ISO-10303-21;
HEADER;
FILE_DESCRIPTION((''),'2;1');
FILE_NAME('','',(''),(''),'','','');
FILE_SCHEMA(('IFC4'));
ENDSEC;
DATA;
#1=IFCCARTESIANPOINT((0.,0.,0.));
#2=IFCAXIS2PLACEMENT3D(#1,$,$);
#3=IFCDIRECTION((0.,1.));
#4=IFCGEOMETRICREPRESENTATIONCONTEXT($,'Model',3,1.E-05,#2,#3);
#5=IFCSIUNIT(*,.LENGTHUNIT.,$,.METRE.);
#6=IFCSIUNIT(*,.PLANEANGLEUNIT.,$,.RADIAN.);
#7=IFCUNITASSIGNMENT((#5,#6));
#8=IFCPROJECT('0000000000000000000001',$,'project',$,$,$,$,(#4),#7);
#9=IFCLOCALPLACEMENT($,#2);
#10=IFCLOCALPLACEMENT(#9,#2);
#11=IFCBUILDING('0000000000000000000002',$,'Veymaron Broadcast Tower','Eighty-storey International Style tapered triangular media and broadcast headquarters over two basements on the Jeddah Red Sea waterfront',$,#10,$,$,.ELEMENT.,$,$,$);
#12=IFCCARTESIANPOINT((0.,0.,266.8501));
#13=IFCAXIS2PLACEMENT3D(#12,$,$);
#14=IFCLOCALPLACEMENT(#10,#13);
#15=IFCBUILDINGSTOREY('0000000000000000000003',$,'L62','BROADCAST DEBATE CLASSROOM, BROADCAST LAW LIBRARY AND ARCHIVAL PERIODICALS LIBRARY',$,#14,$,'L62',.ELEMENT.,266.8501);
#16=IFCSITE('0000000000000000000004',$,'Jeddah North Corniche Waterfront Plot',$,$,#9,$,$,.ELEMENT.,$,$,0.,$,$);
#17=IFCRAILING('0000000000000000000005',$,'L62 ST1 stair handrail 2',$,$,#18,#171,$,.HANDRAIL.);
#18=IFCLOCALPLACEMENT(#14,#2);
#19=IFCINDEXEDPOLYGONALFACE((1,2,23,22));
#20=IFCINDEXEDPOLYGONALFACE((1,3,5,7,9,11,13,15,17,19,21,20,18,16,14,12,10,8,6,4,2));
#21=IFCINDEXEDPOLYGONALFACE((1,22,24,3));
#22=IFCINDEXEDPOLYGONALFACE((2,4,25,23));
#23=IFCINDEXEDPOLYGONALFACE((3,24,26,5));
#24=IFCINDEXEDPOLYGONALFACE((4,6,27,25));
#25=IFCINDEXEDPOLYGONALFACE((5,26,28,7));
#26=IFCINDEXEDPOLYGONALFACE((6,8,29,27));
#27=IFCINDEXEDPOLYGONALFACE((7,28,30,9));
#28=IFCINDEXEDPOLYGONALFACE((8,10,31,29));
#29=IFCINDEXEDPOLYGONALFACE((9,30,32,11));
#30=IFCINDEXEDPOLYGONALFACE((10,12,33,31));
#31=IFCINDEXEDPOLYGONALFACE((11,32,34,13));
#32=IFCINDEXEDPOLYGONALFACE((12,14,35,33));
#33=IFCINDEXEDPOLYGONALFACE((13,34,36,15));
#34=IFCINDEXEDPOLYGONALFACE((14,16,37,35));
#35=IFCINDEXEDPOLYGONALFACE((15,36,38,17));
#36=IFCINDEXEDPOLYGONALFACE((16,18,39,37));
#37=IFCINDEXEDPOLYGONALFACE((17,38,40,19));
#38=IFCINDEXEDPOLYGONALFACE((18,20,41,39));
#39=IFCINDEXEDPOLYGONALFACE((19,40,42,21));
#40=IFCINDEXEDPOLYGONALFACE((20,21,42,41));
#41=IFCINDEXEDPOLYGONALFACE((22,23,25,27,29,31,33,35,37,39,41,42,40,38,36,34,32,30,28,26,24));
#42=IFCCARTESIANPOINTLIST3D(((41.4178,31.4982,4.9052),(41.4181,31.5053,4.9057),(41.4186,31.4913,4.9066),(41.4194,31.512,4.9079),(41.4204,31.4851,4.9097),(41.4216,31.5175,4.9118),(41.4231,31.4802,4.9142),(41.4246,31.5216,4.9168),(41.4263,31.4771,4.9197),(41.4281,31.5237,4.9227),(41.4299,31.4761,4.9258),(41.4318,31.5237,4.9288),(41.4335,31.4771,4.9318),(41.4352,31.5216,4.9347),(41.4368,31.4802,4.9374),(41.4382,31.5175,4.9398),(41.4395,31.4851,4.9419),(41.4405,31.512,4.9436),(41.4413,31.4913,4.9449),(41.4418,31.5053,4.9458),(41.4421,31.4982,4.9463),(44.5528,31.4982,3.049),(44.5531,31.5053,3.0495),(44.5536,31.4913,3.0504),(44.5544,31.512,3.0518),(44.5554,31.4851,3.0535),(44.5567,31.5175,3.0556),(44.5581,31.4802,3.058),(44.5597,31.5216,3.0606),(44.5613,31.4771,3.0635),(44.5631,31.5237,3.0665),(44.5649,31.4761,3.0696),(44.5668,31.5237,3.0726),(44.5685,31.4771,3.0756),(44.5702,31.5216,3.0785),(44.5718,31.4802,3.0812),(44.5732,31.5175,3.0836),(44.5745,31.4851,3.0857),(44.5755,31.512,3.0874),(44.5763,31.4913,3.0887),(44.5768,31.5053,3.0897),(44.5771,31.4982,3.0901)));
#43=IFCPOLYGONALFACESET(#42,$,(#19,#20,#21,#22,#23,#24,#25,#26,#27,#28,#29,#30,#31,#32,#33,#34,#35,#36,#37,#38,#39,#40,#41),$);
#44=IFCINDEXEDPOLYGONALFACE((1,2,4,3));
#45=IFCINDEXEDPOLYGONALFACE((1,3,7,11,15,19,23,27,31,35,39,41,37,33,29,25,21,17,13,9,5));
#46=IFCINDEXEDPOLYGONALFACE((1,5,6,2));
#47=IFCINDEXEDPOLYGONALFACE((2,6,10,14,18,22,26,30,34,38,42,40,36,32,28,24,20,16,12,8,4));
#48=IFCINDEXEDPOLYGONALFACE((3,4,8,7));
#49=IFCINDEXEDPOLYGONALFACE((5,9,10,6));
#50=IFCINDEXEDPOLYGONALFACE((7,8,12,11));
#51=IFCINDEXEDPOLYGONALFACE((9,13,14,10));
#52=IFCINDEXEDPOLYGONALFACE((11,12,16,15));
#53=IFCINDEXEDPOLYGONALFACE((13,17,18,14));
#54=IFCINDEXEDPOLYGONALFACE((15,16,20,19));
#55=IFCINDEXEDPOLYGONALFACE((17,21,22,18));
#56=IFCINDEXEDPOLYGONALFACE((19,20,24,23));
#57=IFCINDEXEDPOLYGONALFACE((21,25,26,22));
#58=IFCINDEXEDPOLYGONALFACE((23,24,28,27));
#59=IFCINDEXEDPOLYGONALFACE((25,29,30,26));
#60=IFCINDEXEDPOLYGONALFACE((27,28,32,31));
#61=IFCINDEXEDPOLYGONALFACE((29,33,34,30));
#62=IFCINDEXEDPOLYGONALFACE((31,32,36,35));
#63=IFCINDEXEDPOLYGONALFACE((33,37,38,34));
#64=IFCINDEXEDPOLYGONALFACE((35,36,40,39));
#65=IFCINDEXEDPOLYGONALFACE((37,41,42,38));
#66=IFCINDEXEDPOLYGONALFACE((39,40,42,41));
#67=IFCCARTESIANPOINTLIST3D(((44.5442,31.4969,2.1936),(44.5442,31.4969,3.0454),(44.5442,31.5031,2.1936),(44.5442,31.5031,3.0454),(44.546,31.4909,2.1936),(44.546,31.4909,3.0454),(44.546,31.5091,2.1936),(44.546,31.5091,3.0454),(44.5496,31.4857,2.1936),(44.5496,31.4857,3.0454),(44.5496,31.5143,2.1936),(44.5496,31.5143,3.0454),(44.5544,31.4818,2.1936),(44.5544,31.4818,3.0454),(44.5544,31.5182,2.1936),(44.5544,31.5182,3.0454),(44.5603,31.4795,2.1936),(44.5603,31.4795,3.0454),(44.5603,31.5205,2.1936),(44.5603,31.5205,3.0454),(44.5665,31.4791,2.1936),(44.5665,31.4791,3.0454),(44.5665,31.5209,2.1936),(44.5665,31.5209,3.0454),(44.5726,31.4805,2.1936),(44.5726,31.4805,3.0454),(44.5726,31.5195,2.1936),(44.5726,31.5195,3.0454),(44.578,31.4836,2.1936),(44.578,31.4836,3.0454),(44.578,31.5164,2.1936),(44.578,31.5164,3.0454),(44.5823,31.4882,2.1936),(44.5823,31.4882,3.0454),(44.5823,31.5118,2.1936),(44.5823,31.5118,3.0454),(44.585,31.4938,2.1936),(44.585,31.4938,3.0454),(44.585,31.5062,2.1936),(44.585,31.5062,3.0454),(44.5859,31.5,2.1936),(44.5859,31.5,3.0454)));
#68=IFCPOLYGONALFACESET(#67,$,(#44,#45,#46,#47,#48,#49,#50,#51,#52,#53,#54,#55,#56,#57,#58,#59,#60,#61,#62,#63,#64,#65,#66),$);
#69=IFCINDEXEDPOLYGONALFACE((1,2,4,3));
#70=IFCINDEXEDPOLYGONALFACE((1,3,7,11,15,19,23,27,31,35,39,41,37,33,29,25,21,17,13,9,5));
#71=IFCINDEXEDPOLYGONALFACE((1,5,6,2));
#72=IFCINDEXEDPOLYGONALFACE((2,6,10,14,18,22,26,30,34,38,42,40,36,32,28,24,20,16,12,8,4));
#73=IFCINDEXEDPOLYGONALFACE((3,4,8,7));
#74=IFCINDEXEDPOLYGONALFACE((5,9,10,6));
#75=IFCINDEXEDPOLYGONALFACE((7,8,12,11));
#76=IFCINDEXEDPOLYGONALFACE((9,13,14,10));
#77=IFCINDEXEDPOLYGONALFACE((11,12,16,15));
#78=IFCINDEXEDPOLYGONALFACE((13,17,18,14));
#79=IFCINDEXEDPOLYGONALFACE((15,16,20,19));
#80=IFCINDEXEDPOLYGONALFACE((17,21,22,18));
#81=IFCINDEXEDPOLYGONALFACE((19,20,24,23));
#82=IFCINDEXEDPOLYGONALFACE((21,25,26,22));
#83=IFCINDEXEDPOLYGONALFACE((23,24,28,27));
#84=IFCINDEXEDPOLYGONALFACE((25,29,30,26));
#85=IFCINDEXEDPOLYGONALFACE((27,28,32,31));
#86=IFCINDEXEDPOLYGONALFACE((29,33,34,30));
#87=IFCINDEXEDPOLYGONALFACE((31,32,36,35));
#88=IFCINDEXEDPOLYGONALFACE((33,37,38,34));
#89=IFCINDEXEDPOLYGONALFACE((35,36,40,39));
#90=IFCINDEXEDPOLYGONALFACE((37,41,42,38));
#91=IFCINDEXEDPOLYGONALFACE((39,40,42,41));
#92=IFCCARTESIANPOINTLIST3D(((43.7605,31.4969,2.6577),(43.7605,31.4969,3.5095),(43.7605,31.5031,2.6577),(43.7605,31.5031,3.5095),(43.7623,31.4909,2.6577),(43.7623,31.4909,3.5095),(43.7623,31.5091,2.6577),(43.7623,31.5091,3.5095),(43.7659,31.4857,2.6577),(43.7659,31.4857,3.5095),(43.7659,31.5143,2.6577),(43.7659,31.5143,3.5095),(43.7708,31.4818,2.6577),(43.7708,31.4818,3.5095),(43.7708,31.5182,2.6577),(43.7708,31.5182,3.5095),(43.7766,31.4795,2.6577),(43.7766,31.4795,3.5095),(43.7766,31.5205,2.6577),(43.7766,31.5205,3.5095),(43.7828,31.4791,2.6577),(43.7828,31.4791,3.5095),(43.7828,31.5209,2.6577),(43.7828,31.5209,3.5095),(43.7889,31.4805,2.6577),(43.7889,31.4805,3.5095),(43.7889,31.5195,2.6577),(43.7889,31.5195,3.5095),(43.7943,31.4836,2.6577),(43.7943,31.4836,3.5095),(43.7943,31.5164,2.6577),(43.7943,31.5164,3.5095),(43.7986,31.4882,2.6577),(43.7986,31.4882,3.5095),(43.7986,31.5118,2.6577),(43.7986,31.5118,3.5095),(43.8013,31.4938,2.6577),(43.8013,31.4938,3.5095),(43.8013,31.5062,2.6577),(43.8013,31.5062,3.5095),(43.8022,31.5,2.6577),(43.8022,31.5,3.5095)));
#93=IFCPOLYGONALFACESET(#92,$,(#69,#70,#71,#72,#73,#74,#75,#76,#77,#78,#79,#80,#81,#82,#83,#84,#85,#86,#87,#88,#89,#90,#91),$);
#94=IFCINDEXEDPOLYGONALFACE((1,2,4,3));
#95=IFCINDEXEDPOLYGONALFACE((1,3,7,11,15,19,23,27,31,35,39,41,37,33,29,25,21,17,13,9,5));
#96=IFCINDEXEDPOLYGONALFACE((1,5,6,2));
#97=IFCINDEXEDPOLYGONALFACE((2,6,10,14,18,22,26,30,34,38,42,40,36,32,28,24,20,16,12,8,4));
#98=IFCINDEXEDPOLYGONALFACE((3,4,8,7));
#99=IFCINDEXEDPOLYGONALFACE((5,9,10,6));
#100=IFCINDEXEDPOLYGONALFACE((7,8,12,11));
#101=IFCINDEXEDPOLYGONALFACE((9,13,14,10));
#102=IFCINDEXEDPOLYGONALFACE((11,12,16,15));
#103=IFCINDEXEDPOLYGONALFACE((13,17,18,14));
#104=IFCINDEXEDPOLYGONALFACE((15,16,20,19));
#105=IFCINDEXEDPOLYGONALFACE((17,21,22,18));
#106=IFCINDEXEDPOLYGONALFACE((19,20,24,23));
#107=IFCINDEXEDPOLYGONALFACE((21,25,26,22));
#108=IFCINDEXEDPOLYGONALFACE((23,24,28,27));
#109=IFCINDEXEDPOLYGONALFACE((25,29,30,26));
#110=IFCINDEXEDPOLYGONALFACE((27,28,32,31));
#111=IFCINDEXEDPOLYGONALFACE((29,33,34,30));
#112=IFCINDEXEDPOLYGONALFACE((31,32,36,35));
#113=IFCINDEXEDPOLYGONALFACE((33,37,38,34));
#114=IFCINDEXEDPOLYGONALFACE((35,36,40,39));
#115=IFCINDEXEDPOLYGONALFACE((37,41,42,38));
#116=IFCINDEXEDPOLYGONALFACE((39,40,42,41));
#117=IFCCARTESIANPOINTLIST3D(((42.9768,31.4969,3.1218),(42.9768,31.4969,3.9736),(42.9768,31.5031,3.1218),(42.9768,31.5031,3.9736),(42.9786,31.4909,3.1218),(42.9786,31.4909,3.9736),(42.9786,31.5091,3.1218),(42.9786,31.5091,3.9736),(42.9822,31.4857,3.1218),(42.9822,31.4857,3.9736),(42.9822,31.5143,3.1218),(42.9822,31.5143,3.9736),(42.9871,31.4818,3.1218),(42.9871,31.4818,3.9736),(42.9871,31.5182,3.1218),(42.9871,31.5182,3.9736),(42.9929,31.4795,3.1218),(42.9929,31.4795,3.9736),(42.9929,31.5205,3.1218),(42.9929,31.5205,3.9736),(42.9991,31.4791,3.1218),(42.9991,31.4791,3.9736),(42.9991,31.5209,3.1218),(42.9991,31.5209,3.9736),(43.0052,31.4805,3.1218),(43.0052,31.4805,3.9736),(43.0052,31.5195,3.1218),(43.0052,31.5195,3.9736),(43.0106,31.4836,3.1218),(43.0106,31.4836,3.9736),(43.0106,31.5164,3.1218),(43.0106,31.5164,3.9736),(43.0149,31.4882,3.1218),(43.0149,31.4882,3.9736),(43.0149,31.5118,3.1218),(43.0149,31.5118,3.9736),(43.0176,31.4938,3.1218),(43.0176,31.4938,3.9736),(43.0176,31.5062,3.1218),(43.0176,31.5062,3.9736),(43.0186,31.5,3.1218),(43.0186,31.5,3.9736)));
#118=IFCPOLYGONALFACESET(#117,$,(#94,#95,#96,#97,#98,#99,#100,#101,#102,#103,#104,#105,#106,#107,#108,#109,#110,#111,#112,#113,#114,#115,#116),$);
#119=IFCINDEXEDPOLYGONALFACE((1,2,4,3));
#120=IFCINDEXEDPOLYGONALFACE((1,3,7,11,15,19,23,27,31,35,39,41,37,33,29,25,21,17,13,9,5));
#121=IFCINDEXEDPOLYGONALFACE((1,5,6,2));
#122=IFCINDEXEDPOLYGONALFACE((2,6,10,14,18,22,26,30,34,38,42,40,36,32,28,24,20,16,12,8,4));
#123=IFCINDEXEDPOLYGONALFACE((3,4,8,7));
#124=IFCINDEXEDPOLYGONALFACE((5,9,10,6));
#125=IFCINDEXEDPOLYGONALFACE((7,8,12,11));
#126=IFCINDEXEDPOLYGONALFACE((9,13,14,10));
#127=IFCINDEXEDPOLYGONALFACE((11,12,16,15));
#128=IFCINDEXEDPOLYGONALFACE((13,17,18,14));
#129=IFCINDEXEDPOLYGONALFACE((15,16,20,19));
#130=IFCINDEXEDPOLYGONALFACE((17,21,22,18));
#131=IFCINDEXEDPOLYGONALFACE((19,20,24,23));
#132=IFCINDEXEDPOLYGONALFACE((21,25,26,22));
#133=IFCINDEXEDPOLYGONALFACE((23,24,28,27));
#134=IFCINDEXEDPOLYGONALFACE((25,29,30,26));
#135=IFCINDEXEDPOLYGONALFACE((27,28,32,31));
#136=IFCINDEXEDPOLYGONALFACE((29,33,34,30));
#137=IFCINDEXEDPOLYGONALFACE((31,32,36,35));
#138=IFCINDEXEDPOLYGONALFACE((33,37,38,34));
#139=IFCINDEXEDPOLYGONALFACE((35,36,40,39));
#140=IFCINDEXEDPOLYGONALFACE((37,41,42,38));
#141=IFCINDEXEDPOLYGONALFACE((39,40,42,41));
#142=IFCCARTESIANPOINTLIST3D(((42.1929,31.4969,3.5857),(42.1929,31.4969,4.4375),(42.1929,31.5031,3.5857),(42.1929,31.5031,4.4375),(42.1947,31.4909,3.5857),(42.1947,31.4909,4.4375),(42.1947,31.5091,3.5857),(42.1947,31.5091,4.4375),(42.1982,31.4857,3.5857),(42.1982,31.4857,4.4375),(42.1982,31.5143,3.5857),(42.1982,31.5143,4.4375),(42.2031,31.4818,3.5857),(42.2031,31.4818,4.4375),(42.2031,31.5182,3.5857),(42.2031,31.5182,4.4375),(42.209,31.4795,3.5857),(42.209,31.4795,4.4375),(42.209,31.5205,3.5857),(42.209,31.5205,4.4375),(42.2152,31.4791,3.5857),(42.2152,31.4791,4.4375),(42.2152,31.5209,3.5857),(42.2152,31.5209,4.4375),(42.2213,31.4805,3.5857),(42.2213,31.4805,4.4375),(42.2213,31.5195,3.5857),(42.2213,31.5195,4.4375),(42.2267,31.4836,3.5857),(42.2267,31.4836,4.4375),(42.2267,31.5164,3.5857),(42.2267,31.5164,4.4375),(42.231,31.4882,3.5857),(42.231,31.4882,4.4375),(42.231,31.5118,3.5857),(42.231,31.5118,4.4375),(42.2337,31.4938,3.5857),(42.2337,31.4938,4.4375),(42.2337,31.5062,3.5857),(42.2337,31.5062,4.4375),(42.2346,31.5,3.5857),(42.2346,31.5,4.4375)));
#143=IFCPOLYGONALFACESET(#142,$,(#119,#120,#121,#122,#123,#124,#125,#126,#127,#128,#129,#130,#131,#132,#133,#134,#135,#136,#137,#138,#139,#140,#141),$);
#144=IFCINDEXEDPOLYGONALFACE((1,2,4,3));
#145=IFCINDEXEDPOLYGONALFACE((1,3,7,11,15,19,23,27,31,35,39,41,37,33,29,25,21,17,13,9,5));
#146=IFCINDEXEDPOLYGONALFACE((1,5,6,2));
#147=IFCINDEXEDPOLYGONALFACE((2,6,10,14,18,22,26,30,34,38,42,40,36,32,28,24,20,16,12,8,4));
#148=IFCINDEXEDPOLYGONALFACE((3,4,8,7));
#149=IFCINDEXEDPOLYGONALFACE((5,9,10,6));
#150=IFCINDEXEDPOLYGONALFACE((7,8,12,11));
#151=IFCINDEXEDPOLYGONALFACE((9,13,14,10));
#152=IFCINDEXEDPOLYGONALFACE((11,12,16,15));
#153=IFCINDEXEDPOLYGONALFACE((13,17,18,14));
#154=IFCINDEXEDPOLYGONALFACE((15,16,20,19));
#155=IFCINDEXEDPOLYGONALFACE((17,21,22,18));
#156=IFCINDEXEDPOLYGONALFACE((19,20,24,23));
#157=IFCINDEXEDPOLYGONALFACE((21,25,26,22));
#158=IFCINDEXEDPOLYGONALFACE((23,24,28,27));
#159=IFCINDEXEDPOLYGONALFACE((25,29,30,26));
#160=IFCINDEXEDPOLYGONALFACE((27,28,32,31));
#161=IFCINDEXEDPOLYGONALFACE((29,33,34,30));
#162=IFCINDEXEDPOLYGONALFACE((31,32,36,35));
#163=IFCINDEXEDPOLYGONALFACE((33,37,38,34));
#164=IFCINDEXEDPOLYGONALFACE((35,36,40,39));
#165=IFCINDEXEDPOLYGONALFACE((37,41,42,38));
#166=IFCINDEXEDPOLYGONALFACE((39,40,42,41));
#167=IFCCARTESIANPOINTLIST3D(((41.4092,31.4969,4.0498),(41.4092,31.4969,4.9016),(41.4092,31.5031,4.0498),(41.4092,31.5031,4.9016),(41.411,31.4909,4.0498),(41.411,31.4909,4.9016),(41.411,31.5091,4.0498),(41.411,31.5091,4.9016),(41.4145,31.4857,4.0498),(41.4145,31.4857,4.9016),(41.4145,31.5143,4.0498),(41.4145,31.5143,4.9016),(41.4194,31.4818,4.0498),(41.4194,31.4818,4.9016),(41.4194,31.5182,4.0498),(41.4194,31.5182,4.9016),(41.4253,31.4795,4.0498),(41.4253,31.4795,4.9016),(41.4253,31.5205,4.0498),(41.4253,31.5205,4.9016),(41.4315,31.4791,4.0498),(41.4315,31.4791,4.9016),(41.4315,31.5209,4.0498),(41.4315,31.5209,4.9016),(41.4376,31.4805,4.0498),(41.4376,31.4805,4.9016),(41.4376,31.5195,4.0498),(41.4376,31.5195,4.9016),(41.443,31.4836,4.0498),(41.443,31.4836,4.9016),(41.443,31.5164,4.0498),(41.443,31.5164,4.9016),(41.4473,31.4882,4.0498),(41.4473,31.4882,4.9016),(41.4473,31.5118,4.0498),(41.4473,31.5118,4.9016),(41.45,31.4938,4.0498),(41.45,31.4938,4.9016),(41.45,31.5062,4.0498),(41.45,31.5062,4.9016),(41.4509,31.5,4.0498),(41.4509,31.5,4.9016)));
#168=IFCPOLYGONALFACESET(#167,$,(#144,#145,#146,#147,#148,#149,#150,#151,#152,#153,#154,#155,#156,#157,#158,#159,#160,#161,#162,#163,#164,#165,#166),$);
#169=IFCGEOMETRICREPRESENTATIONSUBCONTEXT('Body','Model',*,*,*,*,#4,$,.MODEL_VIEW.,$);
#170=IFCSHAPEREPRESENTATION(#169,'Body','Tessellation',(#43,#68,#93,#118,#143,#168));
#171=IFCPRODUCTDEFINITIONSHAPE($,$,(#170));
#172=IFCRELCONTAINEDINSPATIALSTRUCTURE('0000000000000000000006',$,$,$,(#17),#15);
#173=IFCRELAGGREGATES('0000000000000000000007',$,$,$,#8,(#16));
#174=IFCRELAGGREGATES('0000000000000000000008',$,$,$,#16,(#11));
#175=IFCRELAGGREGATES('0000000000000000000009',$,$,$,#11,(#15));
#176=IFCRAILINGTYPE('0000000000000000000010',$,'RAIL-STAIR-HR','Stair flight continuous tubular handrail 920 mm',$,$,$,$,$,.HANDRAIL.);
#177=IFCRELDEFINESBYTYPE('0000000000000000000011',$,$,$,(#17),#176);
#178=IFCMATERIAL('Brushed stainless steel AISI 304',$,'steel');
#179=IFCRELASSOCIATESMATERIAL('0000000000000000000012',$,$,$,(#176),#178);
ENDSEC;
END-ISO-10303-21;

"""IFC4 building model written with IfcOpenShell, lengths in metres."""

from ifc_helpers import new_model, si_unit, direction, frame, origin, origin_2d, place, context, subcontext, project, spatial, circle, extrude, material, type_object, element, save


model = new_model("IFC4")

# Units and contexts
model_context = context("Model", 3, precision=1e-05, world=origin(), true_north=direction((0.0, 1.0)))
body_context = subcontext(model_context, "Body", "Model", "MODEL_VIEW")
ifc_project = project(units=[si_unit("LENGTHUNIT", "METRE"), si_unit("PLANEANGLEUNIT", "RADIAN")], contexts=[model_context])

# Site, building, storey
site_placement = place(None, origin())
site = spatial("IfcSite", under=ifc_project, at=site_placement, Name="Jeddah North Corniche Waterfront Plot", CompositionType="ELEMENT", RefElevation=0.0)
building_placement = place(site_placement, origin())
building = spatial("IfcBuilding", under=site, at=building_placement, Name="Veymaron Broadcast Tower", Description="Eighty-storey International Style tapered triangular media and broadcast headquarters over two basements on the Jeddah Red Sea waterfront", CompositionType="ELEMENT")
storey_placement = place(building_placement, frame((0.0, 0.0, 266.8501)))
storey = spatial("IfcBuildingStorey", under=building, at=storey_placement, Name="L62", Description="BROADCAST DEBATE CLASSROOM, BROADCAST LAW LIBRARY AND ARCHIVAL PERIODICALS LIBRARY", LongName="L62", CompositionType="ELEMENT", Elevation=266.8501)

# Railing
ifc_material_1 = material(Name="Brushed stainless steel AISI 304", Category="steel")
railing_type_1 = type_object("IfcRailingType", Name="RAIL-STAIR-HR", Description="Stair flight continuous tubular handrail 920 mm", PredefinedType="HANDRAIL", material=ifc_material_1)
railing_1_placement = place(storey_placement, frame((44.5649, 31.5, 2.1936)))
element("IfcRailing", 1, at=railing_1_placement, inside=storey, type_object=railing_type_1, Name="L62 ST1 stair handrail 2", PredefinedType="HANDRAIL", context=body_context, shape_type="SweptSolid", body=[
    extrude(circle(Radius=0.0239, at=origin_2d()), frame((0.0, 0.0, 0.876), z_axis=(-0.860482, 0.0, 0.509481), x_axis=(0.0, -1.0, 0.0)), (0.0, 0.0, 1.0), 3.6433),
    extrude(circle(Radius=0.021, at=origin_2d()), origin(), (0.0, 0.0, 1.0), 0.8518),
    extrude(circle(Radius=0.021, at=origin_2d()), frame((-0.7837, 0.0, 0.4641)), (0.0, 0.0, 1.0), 0.8518),
    extrude(circle(Radius=0.021, at=origin_2d()), frame((-1.5674, 0.0, 0.9282)), (0.0, 0.0, 1.0), 0.8518),
    extrude(circle(Radius=0.021, at=origin_2d()), frame((-2.3513, 0.0, 1.3921)), (0.0, 0.0, 1.0), 0.8518),
    extrude(circle(Radius=0.021, at=origin_2d()), frame((-3.135, 0.0, 1.8562)), (0.0, 0.0, 1.0), 0.8518),
])

save(model, "model.ifc")
